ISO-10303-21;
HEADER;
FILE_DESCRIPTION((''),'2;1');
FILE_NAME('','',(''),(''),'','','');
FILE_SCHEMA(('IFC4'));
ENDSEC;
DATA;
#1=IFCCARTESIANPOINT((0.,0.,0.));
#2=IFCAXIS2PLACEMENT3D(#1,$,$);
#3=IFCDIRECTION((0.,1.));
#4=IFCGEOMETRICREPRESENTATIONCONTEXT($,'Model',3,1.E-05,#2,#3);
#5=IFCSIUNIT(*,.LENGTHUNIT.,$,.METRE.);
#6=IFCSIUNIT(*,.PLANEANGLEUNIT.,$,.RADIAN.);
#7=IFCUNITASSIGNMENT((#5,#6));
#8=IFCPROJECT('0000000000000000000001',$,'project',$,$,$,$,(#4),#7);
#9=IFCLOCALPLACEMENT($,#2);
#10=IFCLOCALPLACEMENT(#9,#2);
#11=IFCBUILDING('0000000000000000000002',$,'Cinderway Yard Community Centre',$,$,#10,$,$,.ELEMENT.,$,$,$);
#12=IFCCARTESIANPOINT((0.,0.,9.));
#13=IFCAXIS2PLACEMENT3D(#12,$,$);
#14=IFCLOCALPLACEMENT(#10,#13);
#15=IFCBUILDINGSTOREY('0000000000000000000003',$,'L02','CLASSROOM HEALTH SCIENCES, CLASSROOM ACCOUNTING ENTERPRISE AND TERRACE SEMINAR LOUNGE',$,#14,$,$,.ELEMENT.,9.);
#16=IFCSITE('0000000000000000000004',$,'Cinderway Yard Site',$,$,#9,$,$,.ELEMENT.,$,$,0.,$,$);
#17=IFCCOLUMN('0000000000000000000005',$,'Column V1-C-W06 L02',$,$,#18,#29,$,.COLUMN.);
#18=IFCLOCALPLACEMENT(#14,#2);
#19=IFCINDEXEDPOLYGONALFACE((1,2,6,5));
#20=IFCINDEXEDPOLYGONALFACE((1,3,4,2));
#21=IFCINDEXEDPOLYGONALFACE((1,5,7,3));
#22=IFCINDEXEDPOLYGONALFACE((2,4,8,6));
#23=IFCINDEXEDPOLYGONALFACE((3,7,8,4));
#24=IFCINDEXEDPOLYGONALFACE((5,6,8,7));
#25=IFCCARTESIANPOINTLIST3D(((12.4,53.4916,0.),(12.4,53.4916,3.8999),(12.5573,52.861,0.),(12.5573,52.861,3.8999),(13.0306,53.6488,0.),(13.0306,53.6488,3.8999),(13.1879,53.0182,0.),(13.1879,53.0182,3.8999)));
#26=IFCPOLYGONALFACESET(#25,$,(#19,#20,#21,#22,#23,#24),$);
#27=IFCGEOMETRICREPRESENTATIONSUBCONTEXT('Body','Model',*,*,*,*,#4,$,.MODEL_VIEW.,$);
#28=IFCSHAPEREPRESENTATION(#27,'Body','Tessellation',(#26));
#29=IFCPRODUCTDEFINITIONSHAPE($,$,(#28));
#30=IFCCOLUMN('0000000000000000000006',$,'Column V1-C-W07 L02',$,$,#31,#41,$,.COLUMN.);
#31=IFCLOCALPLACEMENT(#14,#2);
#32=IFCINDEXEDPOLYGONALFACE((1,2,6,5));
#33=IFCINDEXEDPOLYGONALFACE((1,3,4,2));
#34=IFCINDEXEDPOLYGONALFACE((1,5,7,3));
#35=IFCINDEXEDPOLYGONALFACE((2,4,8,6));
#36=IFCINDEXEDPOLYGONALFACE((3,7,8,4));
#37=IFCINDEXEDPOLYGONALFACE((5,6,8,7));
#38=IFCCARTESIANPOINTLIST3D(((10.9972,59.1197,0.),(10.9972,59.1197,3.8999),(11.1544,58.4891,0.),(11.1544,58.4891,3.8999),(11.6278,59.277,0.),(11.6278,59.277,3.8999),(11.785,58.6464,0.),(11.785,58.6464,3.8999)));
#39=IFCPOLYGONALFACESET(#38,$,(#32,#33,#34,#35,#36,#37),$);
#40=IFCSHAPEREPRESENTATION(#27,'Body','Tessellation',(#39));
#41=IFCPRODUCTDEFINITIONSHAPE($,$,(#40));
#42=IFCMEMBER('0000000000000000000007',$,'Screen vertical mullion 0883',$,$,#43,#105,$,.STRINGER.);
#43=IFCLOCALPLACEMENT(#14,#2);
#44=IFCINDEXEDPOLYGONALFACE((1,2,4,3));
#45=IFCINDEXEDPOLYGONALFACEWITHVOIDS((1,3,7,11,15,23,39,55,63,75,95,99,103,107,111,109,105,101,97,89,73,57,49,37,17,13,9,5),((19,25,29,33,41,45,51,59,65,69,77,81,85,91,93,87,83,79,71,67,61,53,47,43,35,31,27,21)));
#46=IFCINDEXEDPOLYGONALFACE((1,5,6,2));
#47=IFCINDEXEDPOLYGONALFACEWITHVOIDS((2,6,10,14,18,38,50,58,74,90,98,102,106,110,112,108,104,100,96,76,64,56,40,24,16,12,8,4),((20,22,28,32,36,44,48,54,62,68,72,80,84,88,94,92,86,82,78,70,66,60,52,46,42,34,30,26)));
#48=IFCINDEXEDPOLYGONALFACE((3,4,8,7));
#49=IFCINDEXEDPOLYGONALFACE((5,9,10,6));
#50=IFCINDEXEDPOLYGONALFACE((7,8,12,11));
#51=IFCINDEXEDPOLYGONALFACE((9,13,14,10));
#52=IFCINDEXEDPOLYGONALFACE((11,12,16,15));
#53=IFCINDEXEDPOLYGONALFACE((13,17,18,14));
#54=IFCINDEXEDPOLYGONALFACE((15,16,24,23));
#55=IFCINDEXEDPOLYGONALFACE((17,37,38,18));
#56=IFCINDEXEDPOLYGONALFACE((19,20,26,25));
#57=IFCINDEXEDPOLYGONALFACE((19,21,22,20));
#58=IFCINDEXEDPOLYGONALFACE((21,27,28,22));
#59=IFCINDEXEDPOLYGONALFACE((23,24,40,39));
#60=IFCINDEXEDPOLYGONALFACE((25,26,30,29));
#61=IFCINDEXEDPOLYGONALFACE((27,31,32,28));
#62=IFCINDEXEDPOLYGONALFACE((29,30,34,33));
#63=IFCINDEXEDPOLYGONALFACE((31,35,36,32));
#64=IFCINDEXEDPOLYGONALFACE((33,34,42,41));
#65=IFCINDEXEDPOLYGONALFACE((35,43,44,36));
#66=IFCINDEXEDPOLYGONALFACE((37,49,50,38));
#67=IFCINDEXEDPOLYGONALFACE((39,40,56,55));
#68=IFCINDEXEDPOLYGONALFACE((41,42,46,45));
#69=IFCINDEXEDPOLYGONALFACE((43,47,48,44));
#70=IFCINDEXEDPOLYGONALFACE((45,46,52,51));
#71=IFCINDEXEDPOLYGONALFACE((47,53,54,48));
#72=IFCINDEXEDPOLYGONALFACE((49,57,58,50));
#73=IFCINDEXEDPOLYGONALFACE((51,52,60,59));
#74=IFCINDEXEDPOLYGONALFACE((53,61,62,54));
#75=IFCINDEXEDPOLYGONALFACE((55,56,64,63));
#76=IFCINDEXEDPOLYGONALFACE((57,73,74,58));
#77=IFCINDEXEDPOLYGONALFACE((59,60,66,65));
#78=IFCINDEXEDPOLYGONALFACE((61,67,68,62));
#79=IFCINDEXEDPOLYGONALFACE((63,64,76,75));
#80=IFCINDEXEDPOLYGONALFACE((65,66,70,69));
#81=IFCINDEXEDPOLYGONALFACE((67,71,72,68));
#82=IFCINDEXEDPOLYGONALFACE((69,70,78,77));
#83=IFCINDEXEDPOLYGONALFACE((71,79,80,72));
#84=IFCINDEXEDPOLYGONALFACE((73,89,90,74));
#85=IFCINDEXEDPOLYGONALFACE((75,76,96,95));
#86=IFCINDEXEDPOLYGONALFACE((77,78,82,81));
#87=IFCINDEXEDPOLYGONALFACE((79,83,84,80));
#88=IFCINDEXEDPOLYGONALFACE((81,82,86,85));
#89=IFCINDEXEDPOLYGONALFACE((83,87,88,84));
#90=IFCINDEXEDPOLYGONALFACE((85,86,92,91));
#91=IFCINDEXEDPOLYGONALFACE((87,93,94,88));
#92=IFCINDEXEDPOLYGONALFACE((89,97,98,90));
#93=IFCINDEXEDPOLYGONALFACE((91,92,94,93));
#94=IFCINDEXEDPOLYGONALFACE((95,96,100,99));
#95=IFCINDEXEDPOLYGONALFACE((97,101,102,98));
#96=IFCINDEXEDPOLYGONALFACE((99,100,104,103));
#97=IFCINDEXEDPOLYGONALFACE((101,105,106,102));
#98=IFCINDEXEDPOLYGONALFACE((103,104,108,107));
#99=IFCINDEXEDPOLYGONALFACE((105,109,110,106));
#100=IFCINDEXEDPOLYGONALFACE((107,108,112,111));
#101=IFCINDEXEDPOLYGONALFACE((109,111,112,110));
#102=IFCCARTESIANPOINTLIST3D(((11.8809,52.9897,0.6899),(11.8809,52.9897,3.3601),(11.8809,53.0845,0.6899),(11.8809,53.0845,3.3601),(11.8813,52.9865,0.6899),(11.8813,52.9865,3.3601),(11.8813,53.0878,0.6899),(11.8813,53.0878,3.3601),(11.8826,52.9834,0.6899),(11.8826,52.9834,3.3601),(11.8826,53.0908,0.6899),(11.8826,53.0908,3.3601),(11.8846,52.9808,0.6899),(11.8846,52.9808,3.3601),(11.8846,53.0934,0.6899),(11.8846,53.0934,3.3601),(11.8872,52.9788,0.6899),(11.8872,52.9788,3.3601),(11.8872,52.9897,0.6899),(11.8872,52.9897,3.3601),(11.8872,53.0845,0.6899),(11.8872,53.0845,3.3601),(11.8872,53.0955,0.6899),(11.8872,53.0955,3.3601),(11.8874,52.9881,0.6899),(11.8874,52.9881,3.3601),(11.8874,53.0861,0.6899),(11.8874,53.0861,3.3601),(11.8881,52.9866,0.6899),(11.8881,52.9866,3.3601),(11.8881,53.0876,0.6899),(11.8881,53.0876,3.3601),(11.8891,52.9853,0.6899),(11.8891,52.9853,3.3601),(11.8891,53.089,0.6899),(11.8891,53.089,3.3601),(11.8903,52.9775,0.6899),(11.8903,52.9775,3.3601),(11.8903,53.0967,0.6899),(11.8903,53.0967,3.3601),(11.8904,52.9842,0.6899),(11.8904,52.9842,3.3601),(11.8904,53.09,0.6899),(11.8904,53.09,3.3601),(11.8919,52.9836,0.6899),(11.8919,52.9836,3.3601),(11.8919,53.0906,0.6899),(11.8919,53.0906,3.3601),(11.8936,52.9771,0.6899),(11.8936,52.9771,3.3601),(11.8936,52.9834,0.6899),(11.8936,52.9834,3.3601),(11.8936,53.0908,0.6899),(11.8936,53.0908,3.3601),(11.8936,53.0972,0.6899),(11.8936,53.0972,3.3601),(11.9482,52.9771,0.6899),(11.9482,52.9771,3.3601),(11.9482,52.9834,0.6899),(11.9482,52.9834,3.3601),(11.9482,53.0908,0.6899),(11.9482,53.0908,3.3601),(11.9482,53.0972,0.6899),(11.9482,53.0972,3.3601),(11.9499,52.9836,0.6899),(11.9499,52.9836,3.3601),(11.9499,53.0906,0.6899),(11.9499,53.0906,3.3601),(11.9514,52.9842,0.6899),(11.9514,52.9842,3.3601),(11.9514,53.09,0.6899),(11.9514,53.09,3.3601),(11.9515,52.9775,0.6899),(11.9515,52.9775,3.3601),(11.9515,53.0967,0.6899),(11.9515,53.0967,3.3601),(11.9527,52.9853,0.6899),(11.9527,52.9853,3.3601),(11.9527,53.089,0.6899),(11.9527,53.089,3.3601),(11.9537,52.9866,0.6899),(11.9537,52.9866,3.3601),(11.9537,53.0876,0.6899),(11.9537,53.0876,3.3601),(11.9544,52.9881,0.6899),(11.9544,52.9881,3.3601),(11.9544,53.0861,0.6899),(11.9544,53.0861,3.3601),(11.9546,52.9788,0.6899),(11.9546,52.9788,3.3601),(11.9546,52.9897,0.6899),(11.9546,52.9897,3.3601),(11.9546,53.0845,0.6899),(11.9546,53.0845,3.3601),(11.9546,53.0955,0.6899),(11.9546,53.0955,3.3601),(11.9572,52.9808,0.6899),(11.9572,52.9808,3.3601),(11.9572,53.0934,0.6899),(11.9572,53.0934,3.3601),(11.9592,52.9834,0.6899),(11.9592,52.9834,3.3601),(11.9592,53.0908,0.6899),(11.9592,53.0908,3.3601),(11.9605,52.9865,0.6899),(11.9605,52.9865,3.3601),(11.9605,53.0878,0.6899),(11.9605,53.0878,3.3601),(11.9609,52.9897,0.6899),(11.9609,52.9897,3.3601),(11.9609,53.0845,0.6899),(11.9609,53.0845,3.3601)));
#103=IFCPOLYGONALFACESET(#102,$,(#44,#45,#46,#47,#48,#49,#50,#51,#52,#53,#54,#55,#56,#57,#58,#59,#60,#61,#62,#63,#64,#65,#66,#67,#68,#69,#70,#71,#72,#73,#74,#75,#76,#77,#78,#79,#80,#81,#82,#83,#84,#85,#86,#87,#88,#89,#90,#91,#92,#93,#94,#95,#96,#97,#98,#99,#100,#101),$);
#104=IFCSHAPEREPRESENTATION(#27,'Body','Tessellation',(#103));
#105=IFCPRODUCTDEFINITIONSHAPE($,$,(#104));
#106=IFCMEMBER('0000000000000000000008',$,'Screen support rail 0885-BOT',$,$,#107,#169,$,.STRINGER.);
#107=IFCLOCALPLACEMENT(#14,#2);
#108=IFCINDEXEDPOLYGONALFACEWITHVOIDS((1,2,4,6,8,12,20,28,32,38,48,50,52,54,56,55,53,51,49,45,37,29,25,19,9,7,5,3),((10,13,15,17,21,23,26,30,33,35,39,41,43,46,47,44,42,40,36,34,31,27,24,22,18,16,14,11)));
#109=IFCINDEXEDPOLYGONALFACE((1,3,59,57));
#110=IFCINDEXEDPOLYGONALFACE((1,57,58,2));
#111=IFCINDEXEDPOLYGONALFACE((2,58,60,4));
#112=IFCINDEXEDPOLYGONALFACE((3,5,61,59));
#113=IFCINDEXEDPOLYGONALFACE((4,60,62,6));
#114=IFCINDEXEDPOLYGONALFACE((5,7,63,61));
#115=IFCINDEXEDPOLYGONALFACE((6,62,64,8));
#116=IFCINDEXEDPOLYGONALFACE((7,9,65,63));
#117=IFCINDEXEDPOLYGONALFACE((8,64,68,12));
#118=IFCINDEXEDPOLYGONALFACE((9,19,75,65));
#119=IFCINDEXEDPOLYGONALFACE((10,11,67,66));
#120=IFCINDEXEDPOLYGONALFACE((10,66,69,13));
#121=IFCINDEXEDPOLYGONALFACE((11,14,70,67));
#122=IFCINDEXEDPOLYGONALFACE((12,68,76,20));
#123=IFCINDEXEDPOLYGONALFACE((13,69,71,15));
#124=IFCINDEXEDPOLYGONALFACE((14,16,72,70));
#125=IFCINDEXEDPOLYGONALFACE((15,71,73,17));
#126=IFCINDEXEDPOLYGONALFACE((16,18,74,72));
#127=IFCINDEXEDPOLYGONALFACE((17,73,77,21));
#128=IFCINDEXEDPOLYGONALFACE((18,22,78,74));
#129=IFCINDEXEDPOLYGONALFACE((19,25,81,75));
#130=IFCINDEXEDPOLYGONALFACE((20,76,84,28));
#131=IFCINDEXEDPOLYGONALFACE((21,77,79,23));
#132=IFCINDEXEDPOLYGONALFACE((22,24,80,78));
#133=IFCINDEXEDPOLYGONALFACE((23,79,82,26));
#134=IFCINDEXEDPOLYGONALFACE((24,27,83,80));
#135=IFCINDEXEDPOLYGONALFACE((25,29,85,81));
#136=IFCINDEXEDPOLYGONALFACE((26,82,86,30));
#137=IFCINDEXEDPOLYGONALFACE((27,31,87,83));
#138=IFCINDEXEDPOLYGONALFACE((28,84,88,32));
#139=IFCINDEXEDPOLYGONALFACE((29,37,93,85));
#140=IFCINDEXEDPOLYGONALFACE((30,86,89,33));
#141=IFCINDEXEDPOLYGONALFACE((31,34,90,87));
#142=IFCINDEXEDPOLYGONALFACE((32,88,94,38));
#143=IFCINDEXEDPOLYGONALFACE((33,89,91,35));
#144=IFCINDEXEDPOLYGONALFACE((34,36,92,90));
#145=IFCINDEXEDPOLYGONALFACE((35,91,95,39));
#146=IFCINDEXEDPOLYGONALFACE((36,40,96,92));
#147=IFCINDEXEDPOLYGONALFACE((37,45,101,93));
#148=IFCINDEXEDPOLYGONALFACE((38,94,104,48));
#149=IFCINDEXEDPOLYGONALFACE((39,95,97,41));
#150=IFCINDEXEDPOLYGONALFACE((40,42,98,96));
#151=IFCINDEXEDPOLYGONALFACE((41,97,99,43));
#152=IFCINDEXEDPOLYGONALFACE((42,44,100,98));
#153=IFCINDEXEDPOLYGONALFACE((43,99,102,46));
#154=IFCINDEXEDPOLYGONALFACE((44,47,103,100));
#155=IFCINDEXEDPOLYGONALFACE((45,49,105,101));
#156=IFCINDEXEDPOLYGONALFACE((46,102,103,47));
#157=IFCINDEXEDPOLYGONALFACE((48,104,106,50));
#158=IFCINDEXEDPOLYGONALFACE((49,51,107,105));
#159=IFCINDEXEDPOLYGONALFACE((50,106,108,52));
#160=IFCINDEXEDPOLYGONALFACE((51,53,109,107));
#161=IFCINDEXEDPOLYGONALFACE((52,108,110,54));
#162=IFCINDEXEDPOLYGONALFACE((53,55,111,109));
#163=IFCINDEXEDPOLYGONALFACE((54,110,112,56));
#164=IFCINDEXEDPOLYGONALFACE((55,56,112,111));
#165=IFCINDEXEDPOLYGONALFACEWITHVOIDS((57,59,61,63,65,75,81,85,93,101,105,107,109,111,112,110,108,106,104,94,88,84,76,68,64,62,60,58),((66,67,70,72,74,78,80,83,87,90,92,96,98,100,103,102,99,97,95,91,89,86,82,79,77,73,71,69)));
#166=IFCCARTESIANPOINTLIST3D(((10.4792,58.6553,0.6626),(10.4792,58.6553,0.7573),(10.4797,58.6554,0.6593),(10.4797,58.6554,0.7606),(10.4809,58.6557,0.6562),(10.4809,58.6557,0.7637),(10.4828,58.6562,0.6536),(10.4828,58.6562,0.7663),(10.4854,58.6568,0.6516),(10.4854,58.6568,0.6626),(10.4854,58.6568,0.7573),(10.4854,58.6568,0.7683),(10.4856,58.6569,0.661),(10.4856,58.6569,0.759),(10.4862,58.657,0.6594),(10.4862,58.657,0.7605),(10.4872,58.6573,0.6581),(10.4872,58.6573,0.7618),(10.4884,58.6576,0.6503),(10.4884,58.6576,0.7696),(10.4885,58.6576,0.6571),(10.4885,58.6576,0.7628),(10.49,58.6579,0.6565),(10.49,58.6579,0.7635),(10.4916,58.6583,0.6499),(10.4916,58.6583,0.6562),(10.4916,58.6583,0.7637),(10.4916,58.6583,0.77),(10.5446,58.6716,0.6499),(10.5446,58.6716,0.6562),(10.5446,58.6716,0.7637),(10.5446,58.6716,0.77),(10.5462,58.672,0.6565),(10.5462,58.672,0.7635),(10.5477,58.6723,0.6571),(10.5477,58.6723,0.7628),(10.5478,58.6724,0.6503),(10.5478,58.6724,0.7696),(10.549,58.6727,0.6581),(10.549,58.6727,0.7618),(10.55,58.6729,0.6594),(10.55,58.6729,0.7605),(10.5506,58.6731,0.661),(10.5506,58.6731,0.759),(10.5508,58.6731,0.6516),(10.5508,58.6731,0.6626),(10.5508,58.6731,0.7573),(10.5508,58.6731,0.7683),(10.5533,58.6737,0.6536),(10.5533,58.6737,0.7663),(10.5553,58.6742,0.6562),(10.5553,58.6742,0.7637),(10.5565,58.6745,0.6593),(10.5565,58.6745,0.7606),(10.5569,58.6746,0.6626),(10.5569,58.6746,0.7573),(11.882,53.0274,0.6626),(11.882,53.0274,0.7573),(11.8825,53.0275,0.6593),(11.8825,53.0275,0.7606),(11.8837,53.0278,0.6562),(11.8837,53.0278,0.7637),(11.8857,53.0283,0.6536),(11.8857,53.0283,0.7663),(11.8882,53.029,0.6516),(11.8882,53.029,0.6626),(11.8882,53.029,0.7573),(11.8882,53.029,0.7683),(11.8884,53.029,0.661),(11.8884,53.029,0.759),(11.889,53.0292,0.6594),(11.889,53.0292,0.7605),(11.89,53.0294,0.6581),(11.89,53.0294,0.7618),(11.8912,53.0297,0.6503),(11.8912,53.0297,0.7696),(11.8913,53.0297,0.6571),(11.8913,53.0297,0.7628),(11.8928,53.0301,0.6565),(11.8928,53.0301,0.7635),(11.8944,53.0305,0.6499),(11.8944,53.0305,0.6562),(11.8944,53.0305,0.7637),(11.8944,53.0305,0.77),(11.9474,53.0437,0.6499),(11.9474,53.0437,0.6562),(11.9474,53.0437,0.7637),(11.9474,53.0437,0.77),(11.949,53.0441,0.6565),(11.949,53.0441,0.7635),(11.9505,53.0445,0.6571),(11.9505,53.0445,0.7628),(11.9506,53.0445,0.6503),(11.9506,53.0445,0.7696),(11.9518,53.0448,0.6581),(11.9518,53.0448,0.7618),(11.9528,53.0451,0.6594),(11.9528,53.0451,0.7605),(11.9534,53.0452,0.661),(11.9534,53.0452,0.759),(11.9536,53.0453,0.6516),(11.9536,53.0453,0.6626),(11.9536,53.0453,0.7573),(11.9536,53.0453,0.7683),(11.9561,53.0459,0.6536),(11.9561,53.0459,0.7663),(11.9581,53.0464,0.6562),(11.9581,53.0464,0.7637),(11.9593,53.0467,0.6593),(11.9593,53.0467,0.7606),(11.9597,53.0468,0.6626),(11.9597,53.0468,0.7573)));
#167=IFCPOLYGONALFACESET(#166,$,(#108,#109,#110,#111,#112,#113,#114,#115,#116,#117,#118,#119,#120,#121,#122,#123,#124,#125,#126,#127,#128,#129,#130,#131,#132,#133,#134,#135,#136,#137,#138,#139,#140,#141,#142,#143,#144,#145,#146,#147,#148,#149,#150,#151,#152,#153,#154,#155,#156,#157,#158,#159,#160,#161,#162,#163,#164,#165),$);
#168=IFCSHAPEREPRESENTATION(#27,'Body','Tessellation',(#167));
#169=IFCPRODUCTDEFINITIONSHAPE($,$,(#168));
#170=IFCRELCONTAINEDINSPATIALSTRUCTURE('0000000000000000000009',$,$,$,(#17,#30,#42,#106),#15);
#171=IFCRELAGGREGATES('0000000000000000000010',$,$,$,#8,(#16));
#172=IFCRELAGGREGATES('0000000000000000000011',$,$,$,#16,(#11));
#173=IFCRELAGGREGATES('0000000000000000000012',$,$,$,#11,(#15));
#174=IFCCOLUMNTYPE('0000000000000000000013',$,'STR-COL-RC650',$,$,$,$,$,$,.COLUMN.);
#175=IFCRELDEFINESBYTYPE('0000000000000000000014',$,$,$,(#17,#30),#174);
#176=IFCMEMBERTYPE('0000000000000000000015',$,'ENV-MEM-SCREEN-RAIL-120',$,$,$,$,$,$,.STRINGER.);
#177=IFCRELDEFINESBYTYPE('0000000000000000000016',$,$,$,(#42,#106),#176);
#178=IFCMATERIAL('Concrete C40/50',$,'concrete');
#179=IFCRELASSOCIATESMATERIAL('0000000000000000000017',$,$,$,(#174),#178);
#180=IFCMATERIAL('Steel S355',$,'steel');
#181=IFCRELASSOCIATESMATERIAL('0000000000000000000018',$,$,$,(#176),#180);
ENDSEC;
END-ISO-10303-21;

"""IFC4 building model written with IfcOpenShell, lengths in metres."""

from ifc_helpers import new_model, si_unit, direction, frame, origin, origin_2d, place, context, subcontext, project, spatial, rectangle, hollow_rectangle, extrude, material, material_profile, profile_set, type_object, element, save


model = new_model("IFC4")

# Units and contexts
model_context = context("Model", 3, precision=1e-05, world=origin(), true_north=direction((0.0, 1.0)))
body_context = subcontext(model_context, "Body", "Model", "MODEL_VIEW")
ifc_project = project(units=[si_unit("LENGTHUNIT", "METRE"), si_unit("PLANEANGLEUNIT", "RADIAN")], contexts=[model_context])

# Site, building, storey
site_placement = place(None, origin())
site = spatial("IfcSite", under=ifc_project, at=site_placement, Name="Cinderway Yard Site", CompositionType="ELEMENT", RefElevation=0.0)
building_placement = place(site_placement, origin())
building = spatial("IfcBuilding", under=site, at=building_placement, Name="Cinderway Yard Community Centre", CompositionType="ELEMENT")
storey_placement = place(building_placement, frame((0.0, 0.0, 9.0)))
storey = spatial("IfcBuildingStorey", under=building, at=storey_placement, Name="L02", Description="CLASSROOM HEALTH SCIENCES, CLASSROOM ACCOUNTING ENTERPRISE AND TERRACE SEMINAR LOUNGE", CompositionType="ELEMENT", Elevation=9.0)

# Columns
ifc_material_1 = material(Name="Concrete C40/50", Category="concrete")
ifc_material_profile_1 = material_profile(ifc_material_1, rectangle(XDim=0.6499, YDim=0.6499, at=origin_2d()), Name="Concrete C40/50")
ifc_profile_set_1 = profile_set([ifc_material_profile_1], Name="Concrete C40/50")
column_type = type_object("IfcColumnType", Name="STR-COL-RC650", PredefinedType="COLUMN", material=ifc_profile_set_1)
for number, where, z_axis, x_axis, name in (
    (1, (12.7939, 53.2549, 0.0), (0.0, 0.0, 1.0), (0.970296, 0.241922, 0.0), "Column V1-C-W06 L02"),
    (2, (11.3911, 58.8831, 0.0), (0.0, 0.0, 1.0), (0.970296, 0.241922, 0.0), "Column V1-C-W07 L02"),
):
    element("IfcColumn", number, at=place(storey_placement, frame(where, z_axis=z_axis, x_axis=x_axis)), inside=storey, type_object=column_type, Name=name, PredefinedType="COLUMN", context=body_context, shape_type="SweptSolid", body=[
        extrude(rectangle(XDim=0.6499, YDim=0.6499, at=origin_2d()), origin(), (0.0, 0.0, 1.0), 3.8999),
    ])

# Members
ifc_material_2 = material(Name="Steel S355", Category="steel")
ifc_material_profile_2 = material_profile(ifc_material_2, hollow_rectangle(XDim=0.0801, YDim=0.1201, WallThickness=0.0063, InnerFilletRadius=0.0063, OuterFilletRadius=0.0127, at=origin_2d()), Name="Steel S355")
ifc_profile_set_2 = profile_set([ifc_material_profile_2], Name="Steel S355")
member_type_1 = type_object("IfcMemberType", Name="ENV-MEM-SCREEN-RAIL-120", PredefinedType="STRINGER", material=ifc_profile_set_2)
member_placement = place(storey_placement, frame((11.9209, 53.0371, 0.6899), z_axis=(0.0, 0.0, 1.0), x_axis=(1.0, 0.0, 0.0)))
element("IfcMember", 3, at=member_placement, inside=storey, type_object=member_type_1, Name="Screen vertical mullion 0883", PredefinedType="STRINGER", context=body_context, shape_type="SweptSolid", body=[
    extrude(hollow_rectangle(XDim=0.0801, YDim=0.1201, WallThickness=0.0063, InnerFilletRadius=0.0063, OuterFilletRadius=0.0127, at=origin_2d()), origin(), (0.0, 0.0, 1.0), 2.6702),
])
for number, where, z_axis, x_axis, name in (
    (4, (11.9209, 53.0371, 0.71), (-0.241862, 0.970311, 0.0), (-0.970311, -0.241862, 0.0), "Screen support rail 0885-BOT"),
):
    element("IfcMember", number, at=place(storey_placement, frame(where, z_axis=z_axis, x_axis=x_axis)), inside=storey, type_object=member_type_1, Name=name, PredefinedType="STRINGER", context=body_context, shape_type="SweptSolid", body=[
        extrude(hollow_rectangle(XDim=0.0801, YDim=0.1201, WallThickness=0.0063, InnerFilletRadius=0.0063, OuterFilletRadius=0.0127, at=origin_2d()), origin(), (0.0, 0.0, 1.0), 5.8),
    ])

save(model, "model.ifc")
